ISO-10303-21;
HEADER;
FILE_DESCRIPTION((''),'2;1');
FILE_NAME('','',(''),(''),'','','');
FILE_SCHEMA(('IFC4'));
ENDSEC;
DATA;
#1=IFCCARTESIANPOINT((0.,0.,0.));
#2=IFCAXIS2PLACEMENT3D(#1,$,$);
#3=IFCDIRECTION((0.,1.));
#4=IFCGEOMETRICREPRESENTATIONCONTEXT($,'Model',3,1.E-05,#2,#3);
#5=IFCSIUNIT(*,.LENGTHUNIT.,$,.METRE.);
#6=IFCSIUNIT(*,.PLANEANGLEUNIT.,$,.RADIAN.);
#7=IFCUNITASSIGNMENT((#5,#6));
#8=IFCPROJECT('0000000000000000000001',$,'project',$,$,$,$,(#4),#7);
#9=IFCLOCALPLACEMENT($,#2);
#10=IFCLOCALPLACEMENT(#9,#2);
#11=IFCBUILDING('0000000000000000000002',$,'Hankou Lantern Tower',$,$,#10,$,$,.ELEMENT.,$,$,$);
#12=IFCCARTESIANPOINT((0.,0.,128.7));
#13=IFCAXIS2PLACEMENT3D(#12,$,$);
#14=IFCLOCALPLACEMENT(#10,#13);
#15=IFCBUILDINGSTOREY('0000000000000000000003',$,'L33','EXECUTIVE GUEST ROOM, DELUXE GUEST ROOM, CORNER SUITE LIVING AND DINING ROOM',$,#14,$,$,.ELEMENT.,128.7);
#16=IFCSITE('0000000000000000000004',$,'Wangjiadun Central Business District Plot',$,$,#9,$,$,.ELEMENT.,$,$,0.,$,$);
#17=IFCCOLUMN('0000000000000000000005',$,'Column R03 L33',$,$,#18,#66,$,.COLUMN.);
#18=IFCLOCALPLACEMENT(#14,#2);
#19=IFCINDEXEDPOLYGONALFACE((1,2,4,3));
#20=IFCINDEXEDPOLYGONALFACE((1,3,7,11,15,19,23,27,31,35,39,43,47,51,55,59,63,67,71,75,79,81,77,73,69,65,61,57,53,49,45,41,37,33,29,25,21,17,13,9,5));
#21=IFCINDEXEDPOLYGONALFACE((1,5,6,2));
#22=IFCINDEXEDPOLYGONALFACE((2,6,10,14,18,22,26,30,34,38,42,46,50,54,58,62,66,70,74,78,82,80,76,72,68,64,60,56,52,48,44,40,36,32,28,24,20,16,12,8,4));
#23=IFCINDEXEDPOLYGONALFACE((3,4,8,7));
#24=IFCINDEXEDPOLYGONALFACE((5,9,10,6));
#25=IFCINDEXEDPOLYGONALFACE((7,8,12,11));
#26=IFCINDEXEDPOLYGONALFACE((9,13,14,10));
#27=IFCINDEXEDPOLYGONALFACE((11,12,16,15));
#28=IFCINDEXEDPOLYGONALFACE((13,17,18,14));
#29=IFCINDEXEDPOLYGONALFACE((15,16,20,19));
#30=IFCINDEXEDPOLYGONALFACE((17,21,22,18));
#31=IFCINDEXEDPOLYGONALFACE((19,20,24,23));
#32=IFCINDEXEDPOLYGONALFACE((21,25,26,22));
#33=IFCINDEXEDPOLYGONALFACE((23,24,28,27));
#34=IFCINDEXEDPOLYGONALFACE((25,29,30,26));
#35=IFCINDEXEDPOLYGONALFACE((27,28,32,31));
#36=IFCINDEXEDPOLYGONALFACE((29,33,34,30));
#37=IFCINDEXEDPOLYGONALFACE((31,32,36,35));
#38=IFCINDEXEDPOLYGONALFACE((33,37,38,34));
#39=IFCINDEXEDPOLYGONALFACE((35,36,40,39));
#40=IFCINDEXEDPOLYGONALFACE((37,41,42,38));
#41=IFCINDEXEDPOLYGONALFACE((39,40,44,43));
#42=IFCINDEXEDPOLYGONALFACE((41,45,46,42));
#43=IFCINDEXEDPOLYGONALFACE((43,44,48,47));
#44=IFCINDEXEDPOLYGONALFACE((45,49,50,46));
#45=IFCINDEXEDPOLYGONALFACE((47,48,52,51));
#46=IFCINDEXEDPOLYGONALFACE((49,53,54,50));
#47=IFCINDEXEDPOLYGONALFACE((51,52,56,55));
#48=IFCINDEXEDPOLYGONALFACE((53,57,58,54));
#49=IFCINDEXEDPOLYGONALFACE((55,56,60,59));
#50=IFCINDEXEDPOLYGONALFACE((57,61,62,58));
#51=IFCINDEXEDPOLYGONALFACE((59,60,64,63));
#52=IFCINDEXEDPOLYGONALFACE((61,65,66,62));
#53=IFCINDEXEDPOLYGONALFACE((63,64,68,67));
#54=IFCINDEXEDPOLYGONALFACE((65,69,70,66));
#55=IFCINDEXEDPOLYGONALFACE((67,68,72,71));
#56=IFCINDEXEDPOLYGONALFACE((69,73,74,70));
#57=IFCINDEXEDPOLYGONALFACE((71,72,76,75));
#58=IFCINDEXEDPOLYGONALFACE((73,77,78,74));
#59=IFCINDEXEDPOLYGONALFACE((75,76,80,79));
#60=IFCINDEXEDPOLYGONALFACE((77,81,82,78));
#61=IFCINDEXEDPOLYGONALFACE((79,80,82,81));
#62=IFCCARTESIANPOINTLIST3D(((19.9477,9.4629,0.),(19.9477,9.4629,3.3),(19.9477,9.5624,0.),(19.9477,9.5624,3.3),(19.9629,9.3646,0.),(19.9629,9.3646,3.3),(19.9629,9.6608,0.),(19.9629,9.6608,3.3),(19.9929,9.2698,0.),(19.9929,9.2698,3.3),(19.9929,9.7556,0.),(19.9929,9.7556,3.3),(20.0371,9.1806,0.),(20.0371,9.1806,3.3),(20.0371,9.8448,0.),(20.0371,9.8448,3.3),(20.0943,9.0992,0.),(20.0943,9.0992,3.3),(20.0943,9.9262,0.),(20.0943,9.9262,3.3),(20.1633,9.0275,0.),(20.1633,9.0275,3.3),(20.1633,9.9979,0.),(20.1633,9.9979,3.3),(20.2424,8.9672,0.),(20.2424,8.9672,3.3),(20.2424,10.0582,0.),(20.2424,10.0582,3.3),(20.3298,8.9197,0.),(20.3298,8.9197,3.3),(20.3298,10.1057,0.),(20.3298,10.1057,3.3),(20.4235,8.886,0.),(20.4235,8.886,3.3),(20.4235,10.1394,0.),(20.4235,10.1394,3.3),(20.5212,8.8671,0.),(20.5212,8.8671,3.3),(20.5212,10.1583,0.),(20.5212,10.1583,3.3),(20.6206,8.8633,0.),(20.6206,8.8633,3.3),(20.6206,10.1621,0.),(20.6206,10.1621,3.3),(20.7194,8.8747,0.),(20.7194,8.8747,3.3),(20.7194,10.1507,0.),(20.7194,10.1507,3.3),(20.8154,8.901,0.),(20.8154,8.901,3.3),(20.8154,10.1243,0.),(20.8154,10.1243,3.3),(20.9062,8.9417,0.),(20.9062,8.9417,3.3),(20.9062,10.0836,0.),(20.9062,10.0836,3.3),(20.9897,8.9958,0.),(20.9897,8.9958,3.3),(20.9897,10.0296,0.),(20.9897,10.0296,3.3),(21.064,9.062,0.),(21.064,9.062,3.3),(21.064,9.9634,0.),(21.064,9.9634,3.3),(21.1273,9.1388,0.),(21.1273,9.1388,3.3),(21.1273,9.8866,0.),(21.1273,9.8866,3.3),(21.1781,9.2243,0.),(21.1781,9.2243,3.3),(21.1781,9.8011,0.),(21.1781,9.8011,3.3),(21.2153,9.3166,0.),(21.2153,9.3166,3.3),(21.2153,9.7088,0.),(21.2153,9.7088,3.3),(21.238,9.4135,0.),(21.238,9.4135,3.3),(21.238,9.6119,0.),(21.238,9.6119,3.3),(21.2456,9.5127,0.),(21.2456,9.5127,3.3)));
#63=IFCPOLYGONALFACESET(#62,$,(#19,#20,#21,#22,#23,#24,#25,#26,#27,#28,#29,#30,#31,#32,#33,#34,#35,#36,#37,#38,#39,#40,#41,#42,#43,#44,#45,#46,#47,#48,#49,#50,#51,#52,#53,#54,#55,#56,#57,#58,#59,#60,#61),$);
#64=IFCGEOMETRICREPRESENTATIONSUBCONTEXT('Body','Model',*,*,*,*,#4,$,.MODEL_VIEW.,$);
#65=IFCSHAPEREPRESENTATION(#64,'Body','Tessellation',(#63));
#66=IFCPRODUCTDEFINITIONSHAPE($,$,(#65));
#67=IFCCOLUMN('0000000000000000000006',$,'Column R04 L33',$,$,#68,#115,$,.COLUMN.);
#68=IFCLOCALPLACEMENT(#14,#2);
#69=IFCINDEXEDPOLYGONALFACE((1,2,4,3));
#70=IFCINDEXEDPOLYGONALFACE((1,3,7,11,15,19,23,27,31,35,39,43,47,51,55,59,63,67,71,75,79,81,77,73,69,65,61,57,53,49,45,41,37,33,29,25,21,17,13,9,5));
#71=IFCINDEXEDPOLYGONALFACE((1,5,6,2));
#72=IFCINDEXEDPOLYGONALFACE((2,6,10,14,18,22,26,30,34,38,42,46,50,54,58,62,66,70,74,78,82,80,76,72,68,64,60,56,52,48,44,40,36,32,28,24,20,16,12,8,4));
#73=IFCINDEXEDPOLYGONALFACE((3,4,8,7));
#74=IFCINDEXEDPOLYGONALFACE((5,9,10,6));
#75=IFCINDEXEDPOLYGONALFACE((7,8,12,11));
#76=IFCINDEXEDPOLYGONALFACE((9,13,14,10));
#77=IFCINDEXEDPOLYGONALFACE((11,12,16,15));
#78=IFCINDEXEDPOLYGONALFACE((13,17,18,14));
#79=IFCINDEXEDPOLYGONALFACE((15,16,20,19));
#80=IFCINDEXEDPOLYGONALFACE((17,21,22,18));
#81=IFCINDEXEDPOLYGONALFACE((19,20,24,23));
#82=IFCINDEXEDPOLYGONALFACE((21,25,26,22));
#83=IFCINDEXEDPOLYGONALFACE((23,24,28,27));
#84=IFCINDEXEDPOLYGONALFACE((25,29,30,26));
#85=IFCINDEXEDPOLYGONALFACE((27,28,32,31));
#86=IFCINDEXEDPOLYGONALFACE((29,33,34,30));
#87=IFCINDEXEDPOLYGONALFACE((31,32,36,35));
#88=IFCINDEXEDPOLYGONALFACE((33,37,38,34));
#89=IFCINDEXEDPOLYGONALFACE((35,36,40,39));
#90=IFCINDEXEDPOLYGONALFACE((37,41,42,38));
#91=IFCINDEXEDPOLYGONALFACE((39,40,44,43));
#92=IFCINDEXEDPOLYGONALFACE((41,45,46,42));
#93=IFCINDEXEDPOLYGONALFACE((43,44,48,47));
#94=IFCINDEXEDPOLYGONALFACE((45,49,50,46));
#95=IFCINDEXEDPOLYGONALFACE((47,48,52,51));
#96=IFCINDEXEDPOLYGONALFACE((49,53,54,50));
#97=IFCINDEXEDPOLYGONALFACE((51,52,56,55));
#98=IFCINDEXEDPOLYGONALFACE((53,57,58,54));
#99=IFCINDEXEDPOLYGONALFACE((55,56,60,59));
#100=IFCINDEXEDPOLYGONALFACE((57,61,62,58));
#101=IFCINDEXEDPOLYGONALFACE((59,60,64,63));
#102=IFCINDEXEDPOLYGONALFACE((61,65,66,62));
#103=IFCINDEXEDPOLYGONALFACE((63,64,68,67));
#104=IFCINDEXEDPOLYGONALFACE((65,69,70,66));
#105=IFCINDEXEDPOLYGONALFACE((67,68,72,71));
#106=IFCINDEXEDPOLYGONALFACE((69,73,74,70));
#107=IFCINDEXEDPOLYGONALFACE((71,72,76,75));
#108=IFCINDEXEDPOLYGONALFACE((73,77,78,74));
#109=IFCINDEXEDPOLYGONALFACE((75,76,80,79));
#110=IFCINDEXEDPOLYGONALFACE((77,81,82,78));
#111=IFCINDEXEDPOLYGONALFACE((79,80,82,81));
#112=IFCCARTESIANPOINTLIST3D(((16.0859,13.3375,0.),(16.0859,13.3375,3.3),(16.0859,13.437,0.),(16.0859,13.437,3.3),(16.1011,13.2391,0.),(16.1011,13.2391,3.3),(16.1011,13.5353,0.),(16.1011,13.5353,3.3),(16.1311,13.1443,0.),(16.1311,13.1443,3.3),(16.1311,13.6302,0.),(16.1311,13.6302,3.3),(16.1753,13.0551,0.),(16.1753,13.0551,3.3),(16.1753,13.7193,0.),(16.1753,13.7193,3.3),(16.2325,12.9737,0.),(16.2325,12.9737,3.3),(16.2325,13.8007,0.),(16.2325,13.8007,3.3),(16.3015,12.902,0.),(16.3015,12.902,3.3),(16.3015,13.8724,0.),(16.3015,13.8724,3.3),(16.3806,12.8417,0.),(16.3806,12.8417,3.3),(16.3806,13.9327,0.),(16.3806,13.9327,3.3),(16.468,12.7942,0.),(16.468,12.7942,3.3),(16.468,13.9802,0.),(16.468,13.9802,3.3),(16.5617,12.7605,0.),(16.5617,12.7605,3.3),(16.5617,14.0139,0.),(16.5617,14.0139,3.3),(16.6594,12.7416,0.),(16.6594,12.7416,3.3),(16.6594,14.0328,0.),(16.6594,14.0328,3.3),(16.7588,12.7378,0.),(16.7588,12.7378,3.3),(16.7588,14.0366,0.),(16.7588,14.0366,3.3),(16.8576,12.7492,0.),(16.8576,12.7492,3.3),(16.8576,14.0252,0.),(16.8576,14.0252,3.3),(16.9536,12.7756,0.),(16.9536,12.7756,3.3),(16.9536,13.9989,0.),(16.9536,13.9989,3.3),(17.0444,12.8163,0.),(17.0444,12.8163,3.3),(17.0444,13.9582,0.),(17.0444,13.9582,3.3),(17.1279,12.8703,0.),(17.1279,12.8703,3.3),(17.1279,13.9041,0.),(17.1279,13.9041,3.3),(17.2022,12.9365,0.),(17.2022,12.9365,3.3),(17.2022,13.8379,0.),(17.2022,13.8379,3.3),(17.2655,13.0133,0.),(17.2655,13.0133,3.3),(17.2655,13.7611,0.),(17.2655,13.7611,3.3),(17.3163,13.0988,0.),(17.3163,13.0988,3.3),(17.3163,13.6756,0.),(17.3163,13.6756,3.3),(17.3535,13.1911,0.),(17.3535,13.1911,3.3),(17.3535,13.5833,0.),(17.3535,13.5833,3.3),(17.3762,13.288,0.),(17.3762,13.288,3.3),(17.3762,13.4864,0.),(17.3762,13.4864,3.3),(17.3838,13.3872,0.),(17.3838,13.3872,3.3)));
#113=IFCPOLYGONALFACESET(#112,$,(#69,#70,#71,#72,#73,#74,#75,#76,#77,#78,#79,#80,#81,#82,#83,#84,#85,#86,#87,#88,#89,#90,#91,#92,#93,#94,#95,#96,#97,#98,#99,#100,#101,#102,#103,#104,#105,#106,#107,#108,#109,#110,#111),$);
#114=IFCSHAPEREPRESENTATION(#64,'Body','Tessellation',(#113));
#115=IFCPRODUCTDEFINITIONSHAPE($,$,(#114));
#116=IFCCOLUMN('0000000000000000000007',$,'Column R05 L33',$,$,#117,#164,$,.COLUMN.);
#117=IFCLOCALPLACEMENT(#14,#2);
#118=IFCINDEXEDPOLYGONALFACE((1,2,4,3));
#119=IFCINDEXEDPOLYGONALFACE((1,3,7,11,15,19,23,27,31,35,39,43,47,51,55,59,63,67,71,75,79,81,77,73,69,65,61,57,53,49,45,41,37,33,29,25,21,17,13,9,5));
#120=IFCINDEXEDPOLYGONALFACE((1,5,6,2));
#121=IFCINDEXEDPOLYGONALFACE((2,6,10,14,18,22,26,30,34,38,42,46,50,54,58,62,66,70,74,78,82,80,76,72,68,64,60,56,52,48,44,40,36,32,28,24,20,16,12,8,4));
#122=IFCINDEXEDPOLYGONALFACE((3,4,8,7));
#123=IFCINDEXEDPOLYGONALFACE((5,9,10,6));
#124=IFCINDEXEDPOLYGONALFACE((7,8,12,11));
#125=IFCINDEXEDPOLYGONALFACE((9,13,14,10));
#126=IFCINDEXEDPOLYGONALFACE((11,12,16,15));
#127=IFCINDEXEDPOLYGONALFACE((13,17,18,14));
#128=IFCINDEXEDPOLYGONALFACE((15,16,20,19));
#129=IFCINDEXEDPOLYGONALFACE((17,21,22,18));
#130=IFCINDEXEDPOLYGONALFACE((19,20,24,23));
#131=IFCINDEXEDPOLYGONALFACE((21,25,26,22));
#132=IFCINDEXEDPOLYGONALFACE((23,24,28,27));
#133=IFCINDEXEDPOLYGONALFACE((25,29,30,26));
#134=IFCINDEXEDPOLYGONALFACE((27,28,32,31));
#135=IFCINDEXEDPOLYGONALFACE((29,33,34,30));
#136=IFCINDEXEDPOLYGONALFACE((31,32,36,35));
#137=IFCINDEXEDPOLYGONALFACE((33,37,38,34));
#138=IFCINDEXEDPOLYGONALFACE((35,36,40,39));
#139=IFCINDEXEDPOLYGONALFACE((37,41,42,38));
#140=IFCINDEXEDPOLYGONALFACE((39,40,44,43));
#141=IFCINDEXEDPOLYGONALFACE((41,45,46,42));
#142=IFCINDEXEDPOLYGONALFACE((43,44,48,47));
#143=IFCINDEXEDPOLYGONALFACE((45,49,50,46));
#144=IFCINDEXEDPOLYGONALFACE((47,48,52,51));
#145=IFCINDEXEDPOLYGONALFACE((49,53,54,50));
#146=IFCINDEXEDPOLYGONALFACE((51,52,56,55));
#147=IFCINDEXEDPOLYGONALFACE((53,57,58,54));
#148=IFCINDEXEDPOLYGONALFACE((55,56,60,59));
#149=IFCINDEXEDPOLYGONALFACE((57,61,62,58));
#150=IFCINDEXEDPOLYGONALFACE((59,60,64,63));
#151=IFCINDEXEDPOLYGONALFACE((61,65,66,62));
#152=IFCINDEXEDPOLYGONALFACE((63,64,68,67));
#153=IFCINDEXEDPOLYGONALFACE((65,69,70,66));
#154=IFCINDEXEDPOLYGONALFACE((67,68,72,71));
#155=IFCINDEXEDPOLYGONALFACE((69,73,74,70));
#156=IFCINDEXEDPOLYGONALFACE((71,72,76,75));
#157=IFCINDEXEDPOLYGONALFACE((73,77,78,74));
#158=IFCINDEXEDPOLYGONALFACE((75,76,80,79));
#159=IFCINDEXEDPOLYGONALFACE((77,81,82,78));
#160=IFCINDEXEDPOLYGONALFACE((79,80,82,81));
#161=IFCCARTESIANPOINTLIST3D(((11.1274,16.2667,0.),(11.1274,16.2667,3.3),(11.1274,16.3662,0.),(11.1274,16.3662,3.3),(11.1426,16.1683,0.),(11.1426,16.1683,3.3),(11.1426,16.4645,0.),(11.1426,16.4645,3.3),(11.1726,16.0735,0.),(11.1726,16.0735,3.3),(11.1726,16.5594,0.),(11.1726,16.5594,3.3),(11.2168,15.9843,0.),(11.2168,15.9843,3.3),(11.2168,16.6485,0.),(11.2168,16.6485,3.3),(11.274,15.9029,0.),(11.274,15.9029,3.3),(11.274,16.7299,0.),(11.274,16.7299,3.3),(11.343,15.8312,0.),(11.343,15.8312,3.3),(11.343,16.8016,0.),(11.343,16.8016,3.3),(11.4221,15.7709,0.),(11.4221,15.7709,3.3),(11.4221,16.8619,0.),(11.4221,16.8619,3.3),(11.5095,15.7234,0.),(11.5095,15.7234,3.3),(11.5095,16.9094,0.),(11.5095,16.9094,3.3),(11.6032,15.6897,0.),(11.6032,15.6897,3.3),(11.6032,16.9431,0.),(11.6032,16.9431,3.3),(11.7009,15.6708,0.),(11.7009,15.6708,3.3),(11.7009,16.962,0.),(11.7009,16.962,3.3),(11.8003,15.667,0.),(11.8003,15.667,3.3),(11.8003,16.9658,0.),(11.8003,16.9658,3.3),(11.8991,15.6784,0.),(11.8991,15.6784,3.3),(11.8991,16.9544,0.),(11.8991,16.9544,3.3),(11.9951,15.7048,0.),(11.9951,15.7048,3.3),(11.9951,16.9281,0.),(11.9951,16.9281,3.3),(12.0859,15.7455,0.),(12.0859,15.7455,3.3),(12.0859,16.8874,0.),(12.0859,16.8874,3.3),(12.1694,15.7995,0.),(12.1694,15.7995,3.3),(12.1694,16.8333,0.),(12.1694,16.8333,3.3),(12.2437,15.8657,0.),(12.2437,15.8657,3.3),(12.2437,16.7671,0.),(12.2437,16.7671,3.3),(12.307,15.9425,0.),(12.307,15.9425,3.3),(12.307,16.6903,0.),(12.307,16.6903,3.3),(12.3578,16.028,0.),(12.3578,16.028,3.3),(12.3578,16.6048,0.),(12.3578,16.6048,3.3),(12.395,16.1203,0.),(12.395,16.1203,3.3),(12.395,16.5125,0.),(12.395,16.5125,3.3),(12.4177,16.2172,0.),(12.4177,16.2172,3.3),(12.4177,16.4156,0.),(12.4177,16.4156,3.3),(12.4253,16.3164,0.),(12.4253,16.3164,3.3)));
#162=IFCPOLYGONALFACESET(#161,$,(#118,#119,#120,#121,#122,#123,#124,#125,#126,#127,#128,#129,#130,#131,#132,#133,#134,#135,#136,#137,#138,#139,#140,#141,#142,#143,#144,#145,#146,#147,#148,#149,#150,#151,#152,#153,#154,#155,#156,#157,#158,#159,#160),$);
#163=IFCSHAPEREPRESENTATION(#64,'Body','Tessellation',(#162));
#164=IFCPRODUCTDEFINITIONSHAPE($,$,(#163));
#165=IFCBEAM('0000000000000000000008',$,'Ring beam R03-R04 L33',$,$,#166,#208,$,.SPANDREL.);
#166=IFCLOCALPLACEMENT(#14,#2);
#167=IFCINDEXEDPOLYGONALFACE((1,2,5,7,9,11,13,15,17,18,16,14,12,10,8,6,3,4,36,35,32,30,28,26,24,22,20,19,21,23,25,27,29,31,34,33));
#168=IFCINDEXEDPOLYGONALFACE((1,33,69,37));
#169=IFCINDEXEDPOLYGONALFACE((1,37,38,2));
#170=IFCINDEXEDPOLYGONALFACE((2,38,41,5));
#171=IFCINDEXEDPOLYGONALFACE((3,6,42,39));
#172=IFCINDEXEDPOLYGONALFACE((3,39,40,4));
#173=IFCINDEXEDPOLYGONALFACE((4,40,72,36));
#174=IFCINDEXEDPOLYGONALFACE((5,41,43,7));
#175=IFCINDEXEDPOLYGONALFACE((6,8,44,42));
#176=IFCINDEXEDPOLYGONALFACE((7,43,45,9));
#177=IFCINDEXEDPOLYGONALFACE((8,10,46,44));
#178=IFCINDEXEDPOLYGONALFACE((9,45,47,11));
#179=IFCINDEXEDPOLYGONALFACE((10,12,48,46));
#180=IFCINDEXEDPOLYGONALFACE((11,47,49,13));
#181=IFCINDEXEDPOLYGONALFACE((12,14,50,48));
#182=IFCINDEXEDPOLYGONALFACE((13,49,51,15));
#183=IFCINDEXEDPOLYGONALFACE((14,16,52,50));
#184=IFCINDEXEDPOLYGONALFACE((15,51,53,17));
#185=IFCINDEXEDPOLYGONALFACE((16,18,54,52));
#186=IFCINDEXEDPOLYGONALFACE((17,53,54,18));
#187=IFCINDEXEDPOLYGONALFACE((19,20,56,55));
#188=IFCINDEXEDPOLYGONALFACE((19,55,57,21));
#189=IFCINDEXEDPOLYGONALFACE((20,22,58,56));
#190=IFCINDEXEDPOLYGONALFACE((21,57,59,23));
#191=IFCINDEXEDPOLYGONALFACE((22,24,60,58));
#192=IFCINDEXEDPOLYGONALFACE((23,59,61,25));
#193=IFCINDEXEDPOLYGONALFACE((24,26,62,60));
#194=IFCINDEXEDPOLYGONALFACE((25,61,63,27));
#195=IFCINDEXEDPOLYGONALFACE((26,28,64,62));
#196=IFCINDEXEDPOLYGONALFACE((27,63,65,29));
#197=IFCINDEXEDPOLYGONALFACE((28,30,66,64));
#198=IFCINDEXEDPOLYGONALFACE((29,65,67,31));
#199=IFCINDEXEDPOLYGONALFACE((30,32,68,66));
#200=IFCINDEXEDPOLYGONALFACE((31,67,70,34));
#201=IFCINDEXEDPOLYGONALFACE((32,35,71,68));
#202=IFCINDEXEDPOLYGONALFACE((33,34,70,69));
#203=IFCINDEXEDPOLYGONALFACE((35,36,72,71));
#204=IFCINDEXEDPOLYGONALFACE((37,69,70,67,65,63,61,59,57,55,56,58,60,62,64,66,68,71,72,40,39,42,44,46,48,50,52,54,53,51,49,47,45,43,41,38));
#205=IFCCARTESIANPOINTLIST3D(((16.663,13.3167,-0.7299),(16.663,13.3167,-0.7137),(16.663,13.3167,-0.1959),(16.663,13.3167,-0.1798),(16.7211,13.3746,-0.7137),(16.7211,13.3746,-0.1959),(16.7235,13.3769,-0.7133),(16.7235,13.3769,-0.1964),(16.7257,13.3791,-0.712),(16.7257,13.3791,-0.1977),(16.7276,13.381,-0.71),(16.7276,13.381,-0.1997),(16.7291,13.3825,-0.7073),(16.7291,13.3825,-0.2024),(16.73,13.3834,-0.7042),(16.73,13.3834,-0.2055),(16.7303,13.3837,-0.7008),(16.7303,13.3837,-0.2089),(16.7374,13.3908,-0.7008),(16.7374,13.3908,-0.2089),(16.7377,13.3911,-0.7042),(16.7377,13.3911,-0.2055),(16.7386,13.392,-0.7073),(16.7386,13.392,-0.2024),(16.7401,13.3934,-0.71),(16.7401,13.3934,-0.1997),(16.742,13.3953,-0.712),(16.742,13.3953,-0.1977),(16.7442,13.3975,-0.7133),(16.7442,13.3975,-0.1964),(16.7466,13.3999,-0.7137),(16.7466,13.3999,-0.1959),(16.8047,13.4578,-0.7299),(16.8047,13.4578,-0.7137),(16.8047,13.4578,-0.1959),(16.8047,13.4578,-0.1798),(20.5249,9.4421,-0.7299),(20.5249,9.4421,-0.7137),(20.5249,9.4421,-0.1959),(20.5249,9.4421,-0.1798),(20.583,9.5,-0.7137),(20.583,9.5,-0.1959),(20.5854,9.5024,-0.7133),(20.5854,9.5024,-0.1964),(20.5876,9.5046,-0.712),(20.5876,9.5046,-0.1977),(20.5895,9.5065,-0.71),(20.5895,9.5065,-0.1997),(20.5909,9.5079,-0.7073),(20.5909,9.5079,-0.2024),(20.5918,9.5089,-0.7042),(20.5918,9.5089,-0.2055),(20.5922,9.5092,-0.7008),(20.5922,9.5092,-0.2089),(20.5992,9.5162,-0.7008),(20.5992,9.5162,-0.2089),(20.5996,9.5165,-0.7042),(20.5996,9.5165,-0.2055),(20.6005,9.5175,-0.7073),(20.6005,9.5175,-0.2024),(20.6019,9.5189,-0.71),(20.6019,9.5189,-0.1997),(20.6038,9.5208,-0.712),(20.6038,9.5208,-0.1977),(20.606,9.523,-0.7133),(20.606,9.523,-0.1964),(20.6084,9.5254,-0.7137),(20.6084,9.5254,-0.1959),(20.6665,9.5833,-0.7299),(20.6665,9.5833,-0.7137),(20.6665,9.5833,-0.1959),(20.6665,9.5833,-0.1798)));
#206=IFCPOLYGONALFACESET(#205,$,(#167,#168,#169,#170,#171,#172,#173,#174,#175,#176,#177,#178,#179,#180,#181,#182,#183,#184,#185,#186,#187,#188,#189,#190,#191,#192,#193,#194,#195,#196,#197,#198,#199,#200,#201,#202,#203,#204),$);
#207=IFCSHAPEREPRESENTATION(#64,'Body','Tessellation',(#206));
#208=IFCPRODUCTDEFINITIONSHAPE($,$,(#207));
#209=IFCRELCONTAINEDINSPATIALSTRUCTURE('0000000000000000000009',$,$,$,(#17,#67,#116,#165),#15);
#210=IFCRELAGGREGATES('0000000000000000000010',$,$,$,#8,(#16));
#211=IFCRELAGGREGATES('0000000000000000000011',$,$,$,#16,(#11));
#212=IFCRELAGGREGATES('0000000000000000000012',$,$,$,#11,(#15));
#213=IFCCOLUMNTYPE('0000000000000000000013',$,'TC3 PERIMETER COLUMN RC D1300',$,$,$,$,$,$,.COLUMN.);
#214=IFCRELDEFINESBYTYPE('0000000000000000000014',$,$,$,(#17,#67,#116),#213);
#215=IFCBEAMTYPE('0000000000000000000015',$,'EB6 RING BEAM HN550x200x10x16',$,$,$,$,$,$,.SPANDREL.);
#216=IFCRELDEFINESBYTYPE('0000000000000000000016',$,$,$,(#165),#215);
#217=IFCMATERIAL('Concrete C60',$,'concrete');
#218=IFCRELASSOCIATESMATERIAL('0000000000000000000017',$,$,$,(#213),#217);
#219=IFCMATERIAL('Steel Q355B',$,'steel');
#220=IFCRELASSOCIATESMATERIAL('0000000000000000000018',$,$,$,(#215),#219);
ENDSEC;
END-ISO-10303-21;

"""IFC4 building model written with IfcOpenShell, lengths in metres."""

from ifc_helpers import new_model, si_unit, direction, frame, origin, origin_2d, place, context, subcontext, project, spatial, circle, i_section, extrude, material, material_profile, profile_set, type_object, element, save


model = new_model("IFC4")

# Units and contexts
model_context = context("Model", 3, precision=1e-05, world=origin(), true_north=direction((0.0, 1.0)))
body_context = subcontext(model_context, "Body", "Model", "MODEL_VIEW")
ifc_project = project(units=[si_unit("LENGTHUNIT", "METRE"), si_unit("PLANEANGLEUNIT", "RADIAN")], contexts=[model_context])

# Site, building, storey
site_placement = place(None, origin())
site = spatial("IfcSite", under=ifc_project, at=site_placement, Name="Wangjiadun Central Business District Plot", CompositionType="ELEMENT", RefElevation=0.0)
building_placement = place(site_placement, origin())
building = spatial("IfcBuilding", under=site, at=building_placement, Name="Hankou Lantern Tower", CompositionType="ELEMENT")
storey_placement = place(building_placement, frame((0.0, 0.0, 128.7)))
storey = spatial("IfcBuildingStorey", under=building, at=storey_placement, Name="L33", Description="EXECUTIVE GUEST ROOM, DELUXE GUEST ROOM, CORNER SUITE LIVING AND DINING ROOM", CompositionType="ELEMENT", Elevation=128.7)

# Columns
ifc_material_1 = material(Name="Concrete C60", Category="concrete")
ifc_material_profile_1 = material_profile(ifc_material_1, circle(Radius=0.6499, at=origin_2d()), Name="RC D1300")
ifc_profile_set_1 = profile_set([ifc_material_profile_1], Name="Concrete C60")
column_type = type_object("IfcColumnType", Name="TC3 PERIMETER COLUMN RC D1300", PredefinedType="COLUMN", material=ifc_profile_set_1)
for number, where, z_axis, x_axis, name in (
    (1, (20.5957, 9.5127, 0.0), (0.0, 0.0, 1.0), (1.0, 0.0, 0.0), "Column R03 L33"),
    (2, (16.7339, 13.3872, 0.0), (0.0, 0.0, 1.0), (1.0, 0.0, 0.0), "Column R04 L33"),
    (3, (11.7754, 16.3164, 0.0), (0.0, 0.0, 1.0), (1.0, 0.0, 0.0), "Column R05 L33"),
):
    element("IfcColumn", number, at=place(storey_placement, frame(where, z_axis=z_axis, x_axis=x_axis)), inside=storey, type_object=column_type, Name=name, PredefinedType="COLUMN", context=body_context, shape_type="SweptSolid", body=[
        extrude(circle(Radius=0.6499, at=origin_2d()), origin(), (0.0, 0.0, 1.0), 3.3),
    ])

# Beam
ifc_material_2 = material(Name="Steel Q355B", Category="steel")
ifc_material_profile_2 = material_profile(ifc_material_2, i_section(OverallWidth=0.2, OverallDepth=0.55, WebThickness=0.01, FlangeThickness=0.0161, FilletRadius=0.0129, at=origin_2d()), Name="HN550x200x10x16")
ifc_profile_set_2 = profile_set([ifc_material_profile_2], Name="Steel Q355B")
beam_type_1 = type_object("IfcBeamType", Name="EB6 RING BEAM HN550x200x10x16", PredefinedType="SPANDREL", material=ifc_profile_set_2)
beam_1_placement = place(storey_placement, frame((20.5957, 9.5127, -0.4548), z_axis=(-0.705945, 0.708266, 0.0), x_axis=(-0.708266, -0.705945, 0.0)))
element("IfcBeam", 4, at=beam_1_placement, inside=storey, type_object=beam_type_1, Name="Ring beam R03-R04 L33", PredefinedType="SPANDREL", context=body_context, shape_type="SweptSolid", body=[
    extrude(i_section(OverallWidth=0.2, OverallDepth=0.55, WebThickness=0.01, FlangeThickness=0.0161, FilletRadius=0.0129, at=origin_2d()), origin(), (0.0, 0.0, 1.0), 5.4705),
])

save(model, "model.ifc")
